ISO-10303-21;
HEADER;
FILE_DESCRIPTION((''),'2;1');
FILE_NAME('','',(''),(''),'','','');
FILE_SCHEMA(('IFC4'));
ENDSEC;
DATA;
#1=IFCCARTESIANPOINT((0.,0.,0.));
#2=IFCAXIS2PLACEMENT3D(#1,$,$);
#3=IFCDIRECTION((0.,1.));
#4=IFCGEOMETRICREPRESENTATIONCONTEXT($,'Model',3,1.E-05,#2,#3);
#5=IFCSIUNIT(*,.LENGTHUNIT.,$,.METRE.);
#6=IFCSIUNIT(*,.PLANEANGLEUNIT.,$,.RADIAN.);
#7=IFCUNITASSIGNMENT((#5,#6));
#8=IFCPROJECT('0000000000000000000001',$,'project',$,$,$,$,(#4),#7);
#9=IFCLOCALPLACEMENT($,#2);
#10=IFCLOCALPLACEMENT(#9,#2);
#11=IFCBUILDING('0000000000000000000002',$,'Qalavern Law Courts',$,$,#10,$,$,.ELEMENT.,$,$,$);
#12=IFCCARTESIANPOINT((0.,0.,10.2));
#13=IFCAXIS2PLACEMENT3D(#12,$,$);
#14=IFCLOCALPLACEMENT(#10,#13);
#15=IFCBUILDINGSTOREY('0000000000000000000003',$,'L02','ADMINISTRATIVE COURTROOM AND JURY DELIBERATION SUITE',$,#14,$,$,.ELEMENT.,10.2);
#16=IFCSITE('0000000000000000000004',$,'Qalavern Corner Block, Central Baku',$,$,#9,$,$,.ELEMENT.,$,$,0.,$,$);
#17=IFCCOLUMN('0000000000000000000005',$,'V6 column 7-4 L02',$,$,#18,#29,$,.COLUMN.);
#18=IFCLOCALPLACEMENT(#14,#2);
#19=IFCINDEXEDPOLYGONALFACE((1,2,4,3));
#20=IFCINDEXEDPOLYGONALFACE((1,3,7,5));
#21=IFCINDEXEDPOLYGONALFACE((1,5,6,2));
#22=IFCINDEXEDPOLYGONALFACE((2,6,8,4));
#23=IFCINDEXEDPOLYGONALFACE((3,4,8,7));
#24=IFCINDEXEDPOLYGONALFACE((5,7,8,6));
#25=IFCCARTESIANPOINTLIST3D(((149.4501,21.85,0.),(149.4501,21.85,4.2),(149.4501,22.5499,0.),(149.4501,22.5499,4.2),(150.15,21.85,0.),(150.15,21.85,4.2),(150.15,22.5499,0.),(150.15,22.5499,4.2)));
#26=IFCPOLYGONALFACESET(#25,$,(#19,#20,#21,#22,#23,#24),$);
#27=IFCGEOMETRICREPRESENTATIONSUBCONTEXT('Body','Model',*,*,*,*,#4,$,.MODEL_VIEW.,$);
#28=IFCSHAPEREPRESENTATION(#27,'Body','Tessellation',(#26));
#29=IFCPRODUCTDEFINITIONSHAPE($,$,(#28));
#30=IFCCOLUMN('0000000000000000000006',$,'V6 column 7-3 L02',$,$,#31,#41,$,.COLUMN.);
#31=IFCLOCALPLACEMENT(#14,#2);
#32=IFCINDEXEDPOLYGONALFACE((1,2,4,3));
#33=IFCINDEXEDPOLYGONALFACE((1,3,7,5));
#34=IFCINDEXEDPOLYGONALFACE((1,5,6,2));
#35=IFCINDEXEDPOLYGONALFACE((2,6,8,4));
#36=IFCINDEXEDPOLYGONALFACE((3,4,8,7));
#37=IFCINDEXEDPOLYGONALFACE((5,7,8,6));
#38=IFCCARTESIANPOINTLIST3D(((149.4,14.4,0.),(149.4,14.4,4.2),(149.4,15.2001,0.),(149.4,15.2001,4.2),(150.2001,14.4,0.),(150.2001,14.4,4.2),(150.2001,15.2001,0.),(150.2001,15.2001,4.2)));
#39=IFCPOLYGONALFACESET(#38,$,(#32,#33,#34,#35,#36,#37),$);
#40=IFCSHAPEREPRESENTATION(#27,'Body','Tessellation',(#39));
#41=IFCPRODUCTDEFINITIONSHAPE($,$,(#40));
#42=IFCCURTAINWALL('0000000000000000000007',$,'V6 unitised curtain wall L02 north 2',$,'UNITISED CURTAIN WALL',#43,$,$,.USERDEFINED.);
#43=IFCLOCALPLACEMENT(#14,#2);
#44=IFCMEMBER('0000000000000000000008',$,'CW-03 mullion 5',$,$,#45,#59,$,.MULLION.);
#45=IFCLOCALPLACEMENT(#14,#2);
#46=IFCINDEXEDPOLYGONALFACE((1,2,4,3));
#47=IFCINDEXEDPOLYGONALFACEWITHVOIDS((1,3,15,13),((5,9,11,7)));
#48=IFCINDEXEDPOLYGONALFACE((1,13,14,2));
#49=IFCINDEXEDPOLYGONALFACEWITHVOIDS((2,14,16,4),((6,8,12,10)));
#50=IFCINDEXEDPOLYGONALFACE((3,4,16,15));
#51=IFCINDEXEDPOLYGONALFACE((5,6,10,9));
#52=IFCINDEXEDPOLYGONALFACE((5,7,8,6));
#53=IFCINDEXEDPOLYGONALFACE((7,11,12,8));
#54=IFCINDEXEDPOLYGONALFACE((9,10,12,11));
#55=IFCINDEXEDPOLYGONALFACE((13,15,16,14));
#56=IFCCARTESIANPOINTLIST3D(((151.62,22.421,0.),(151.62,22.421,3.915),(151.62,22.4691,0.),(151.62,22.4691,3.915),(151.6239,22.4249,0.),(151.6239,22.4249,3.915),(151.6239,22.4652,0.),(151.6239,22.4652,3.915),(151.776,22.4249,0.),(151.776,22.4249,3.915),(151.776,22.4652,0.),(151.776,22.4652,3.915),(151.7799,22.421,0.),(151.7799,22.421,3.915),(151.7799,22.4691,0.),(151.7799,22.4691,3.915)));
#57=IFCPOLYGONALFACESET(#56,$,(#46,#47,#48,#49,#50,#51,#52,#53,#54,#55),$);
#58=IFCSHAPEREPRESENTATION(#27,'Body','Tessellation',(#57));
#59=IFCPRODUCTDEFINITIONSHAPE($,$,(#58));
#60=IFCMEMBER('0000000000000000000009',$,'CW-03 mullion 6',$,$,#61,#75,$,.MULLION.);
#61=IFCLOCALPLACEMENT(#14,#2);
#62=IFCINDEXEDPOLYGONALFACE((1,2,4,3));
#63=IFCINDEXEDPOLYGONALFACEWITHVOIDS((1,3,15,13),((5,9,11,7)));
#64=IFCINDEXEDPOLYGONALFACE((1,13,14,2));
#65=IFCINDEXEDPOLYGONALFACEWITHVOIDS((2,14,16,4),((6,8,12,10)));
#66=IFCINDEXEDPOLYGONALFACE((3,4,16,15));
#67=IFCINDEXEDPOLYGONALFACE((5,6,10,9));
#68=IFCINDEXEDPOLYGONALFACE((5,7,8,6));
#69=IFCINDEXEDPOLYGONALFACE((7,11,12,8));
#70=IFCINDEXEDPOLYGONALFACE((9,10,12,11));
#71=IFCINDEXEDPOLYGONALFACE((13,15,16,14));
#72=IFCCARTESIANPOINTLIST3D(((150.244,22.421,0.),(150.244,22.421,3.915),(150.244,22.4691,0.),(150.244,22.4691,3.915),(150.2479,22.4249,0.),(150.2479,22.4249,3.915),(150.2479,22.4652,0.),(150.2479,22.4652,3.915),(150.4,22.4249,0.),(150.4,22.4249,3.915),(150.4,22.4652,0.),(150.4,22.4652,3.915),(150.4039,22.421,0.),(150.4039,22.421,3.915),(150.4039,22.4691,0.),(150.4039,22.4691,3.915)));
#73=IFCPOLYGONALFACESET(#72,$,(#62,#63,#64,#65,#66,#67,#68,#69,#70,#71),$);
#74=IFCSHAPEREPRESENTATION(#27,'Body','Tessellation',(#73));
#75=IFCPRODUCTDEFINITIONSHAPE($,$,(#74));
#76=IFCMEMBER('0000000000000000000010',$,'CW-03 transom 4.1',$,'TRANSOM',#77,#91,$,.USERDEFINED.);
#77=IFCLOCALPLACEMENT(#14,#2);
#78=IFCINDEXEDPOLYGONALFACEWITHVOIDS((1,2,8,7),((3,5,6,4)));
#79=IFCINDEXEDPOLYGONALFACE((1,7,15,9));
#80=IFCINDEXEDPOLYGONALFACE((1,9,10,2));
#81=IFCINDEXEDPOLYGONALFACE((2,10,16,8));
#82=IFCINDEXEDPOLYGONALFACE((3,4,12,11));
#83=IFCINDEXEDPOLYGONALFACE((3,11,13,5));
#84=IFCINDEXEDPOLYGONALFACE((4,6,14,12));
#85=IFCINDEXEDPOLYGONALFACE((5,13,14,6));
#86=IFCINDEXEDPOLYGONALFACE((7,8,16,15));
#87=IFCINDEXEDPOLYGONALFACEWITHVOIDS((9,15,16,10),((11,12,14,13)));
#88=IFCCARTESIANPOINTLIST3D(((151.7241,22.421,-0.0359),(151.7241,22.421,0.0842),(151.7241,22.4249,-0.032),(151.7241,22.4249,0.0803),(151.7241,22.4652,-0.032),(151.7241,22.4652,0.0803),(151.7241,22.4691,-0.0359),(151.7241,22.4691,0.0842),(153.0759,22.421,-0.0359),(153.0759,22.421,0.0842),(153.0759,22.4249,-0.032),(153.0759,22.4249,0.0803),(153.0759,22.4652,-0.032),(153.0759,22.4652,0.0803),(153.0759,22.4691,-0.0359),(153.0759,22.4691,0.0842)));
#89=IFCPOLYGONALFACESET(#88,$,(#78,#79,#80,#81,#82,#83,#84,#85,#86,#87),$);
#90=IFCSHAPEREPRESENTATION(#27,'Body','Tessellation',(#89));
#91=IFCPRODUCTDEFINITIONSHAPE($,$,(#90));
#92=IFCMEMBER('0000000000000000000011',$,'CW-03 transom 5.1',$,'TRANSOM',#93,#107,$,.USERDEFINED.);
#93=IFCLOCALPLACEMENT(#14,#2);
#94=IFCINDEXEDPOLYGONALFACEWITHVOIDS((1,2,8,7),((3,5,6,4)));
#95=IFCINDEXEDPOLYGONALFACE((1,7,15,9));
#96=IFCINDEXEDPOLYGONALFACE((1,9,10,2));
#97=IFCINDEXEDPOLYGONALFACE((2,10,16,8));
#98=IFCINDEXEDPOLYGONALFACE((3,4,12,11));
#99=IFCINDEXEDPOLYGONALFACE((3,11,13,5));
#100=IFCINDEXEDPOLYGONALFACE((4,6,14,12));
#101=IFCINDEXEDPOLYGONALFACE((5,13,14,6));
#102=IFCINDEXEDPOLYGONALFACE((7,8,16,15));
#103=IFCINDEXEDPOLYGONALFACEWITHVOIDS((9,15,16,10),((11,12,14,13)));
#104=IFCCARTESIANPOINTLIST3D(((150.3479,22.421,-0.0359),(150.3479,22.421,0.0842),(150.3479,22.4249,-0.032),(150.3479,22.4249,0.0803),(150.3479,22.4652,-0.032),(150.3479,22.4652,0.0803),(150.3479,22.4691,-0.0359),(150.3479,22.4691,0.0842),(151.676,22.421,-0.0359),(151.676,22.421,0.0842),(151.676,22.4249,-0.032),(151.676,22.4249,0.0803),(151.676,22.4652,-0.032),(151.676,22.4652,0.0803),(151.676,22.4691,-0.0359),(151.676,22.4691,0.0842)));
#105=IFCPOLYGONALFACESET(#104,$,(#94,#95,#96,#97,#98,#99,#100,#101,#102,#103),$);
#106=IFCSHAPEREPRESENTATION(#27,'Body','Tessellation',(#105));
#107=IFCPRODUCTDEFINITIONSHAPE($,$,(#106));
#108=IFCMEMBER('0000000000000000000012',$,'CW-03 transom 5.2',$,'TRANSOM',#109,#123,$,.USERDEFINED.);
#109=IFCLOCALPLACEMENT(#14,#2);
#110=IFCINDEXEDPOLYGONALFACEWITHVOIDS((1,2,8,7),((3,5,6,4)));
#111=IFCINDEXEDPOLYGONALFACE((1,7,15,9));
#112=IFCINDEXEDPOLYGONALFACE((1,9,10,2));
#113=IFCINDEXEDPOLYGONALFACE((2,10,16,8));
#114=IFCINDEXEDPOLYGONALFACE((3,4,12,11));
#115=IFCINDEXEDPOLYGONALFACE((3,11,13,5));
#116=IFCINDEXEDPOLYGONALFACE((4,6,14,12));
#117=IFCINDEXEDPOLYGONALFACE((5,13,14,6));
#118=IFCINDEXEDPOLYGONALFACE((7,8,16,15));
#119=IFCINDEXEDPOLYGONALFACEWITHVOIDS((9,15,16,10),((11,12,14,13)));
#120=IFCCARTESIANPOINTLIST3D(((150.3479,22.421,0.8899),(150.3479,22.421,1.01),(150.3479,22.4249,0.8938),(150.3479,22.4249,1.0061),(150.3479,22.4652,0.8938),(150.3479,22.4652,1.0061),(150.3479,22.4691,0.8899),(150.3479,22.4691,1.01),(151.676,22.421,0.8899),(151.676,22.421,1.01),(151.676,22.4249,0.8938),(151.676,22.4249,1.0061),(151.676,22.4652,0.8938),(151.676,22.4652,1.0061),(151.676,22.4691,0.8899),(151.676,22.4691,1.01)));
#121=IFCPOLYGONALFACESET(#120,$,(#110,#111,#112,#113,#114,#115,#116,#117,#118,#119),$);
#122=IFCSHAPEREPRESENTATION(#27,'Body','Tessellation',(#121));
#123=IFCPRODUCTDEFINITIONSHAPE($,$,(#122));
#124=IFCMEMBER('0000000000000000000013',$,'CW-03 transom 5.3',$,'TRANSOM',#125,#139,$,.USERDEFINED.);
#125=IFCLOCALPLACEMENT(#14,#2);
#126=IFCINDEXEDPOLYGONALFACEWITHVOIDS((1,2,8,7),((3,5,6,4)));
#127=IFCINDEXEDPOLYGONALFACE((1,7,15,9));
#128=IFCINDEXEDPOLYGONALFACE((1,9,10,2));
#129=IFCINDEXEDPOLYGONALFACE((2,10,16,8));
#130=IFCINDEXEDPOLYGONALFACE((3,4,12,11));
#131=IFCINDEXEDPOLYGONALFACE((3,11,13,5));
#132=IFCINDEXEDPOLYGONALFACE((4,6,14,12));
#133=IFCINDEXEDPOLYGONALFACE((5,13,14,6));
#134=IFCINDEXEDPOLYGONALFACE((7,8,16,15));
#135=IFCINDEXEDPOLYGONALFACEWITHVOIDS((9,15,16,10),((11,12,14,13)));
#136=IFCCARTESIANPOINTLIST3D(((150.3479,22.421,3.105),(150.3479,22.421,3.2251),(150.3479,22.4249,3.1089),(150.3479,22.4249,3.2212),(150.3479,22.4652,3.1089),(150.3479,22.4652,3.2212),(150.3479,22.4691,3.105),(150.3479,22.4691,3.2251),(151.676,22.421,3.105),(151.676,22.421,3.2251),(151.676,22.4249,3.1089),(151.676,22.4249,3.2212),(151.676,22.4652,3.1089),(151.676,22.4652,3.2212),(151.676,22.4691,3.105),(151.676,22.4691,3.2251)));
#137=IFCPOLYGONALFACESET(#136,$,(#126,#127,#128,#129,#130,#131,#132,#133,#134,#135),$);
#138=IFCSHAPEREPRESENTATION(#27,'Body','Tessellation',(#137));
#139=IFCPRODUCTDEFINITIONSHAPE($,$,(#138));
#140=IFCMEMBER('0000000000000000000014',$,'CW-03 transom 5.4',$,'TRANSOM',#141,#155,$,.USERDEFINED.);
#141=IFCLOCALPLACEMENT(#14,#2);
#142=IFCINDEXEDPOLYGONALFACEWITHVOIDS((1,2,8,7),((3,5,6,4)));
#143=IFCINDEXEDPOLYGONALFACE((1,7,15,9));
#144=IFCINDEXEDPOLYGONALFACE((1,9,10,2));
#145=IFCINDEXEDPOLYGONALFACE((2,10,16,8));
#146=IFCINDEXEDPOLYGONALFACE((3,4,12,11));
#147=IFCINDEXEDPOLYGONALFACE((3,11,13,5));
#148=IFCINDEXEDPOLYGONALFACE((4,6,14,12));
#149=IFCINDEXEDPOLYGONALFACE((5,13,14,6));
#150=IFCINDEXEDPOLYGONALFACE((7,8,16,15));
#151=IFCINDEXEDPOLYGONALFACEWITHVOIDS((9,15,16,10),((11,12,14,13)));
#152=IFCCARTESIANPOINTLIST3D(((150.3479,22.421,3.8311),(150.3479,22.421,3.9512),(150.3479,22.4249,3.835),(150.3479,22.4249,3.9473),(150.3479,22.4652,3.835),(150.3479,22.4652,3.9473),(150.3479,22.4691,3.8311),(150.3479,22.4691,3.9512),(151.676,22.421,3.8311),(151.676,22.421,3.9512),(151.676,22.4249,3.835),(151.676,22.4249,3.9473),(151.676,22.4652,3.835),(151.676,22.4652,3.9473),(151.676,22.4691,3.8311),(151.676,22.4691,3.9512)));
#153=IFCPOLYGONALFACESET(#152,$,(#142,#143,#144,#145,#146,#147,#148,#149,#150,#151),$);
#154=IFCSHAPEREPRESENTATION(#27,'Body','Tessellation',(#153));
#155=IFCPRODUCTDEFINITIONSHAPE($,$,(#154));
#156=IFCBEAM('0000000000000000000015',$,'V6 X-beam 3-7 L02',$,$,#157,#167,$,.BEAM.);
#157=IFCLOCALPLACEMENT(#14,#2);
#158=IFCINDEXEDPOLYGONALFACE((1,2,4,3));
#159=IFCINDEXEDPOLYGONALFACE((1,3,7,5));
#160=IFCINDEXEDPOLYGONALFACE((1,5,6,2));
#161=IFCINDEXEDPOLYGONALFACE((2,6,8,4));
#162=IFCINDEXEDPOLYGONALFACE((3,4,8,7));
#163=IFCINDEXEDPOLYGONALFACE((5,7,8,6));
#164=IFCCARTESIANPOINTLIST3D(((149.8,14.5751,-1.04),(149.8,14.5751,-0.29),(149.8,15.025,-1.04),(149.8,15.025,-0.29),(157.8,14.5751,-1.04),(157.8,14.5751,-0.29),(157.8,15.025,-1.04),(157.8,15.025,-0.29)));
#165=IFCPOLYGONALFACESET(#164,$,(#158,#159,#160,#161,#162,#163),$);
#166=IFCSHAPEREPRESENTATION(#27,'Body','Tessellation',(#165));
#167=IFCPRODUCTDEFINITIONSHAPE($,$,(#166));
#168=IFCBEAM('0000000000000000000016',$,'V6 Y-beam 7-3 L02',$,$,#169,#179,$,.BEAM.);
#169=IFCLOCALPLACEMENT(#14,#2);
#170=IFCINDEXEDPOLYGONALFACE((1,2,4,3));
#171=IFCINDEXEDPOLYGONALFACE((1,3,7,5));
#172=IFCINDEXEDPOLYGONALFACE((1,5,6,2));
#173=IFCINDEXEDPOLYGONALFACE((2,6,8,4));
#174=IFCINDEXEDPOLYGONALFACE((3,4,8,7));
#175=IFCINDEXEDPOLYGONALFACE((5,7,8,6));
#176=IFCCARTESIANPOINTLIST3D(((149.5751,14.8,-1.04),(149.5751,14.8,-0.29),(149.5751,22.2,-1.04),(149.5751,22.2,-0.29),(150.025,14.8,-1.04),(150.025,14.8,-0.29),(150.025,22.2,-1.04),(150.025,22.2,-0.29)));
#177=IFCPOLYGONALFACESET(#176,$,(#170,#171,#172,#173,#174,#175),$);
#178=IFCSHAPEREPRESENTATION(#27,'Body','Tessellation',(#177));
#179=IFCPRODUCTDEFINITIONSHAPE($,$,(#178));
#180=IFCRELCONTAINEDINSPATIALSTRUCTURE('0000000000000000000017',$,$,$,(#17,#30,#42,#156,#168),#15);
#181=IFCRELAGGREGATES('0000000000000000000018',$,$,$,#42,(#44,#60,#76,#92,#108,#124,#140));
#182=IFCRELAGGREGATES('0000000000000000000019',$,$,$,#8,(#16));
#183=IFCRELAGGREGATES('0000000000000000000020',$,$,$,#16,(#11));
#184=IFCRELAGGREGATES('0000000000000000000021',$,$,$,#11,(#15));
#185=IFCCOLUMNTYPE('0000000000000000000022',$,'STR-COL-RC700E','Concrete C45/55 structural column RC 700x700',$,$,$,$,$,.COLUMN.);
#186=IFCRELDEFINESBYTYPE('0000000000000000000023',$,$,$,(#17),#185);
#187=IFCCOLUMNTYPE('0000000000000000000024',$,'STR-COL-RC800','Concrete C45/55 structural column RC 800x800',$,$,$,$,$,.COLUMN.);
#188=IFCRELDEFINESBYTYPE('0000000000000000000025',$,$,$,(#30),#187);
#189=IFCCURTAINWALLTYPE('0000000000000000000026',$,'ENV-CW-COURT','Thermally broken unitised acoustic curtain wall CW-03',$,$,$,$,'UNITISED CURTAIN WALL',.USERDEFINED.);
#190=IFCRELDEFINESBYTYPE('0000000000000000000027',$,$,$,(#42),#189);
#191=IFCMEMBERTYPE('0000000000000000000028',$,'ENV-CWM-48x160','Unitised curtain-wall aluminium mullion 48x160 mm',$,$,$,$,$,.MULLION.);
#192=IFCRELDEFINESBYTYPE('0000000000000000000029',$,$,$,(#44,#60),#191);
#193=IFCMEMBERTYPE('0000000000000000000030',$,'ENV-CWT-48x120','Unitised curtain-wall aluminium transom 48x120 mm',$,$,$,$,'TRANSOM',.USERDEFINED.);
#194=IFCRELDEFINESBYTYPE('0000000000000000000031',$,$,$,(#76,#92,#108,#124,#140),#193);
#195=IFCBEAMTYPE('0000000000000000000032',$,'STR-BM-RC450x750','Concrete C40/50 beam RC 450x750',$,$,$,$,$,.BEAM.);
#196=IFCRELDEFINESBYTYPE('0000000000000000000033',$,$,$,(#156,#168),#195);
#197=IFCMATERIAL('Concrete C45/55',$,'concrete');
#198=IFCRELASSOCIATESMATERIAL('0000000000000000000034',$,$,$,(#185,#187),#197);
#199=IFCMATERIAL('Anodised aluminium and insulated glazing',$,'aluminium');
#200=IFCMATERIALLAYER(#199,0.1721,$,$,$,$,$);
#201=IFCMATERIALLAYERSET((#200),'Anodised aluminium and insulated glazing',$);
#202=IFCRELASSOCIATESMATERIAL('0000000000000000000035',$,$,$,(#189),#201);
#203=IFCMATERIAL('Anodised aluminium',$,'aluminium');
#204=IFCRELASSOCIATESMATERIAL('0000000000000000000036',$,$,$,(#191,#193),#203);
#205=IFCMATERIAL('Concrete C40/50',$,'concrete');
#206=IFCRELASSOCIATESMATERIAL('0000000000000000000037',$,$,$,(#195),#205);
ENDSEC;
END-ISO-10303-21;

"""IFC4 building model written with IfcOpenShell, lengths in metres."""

from ifc_helpers import new_model, si_unit, direction, frame, origin, origin_2d, place, context, subcontext, project, spatial, rectangle, hollow_rectangle, extrude, material, layer, layer_set, material_profile, profile_set, type_object, element, aggregate, save


model = new_model("IFC4")

# Units and contexts
model_context = context("Model", 3, precision=1e-05, world=origin(), true_north=direction((0.0, 1.0)))
body_context = subcontext(model_context, "Body", "Model", "MODEL_VIEW")
ifc_project = project(units=[si_unit("LENGTHUNIT", "METRE"), si_unit("PLANEANGLEUNIT", "RADIAN")], contexts=[model_context])

# Site, building, storey
site_placement = place(None, origin())
site = spatial("IfcSite", under=ifc_project, at=site_placement, Name="Qalavern Corner Block, Central Baku", CompositionType="ELEMENT", RefElevation=0.0)
building_placement = place(site_placement, origin())
building = spatial("IfcBuilding", under=site, at=building_placement, Name="Qalavern Law Courts", CompositionType="ELEMENT")
storey_placement = place(building_placement, frame((0.0, 0.0, 10.2)))
storey = spatial("IfcBuildingStorey", under=building, at=storey_placement, Name="L02", Description="ADMINISTRATIVE COURTROOM AND JURY DELIBERATION SUITE", CompositionType="ELEMENT", Elevation=10.2)

# Columns
ifc_material_1 = material(Name="Concrete C45/55", Category="concrete")
ifc_material_profile_1 = material_profile(ifc_material_1, rectangle(XDim=0.7, YDim=0.7, at=origin_2d()), Name="RC 700x700")
ifc_profile_set_1 = profile_set([ifc_material_profile_1], Name="Concrete C45/55")
column_type_1 = type_object("IfcColumnType", Name="STR-COL-RC700E", Description="Concrete C45/55 structural column RC 700x700", PredefinedType="COLUMN", material=ifc_profile_set_1)
column_1_placement = place(storey_placement, frame((149.8, 22.2, 0.0), z_axis=(0.0, 0.0, 1.0), x_axis=(1.0, 0.0, 0.0)))
element("IfcColumn", 1, at=column_1_placement, inside=storey, type_object=column_type_1, Name="V6 column 7-4 L02", PredefinedType="COLUMN", context=body_context, shape_type="SweptSolid", body=[
    extrude(rectangle(XDim=0.7, YDim=0.7, at=origin_2d()), origin(), (0.0, 0.0, 1.0), 4.2),
])
ifc_material_profile_2 = material_profile(ifc_material_1, rectangle(XDim=0.8, YDim=0.8, at=origin_2d()), Name="RC 800x800")
ifc_profile_set_2 = profile_set([ifc_material_profile_2], Name="Concrete C45/55")
column_type_2 = type_object("IfcColumnType", Name="STR-COL-RC800", Description="Concrete C45/55 structural column RC 800x800", PredefinedType="COLUMN", material=ifc_profile_set_2)
column_2_placement = place(storey_placement, frame((149.8, 14.8, 0.0), z_axis=(0.0, 0.0, 1.0), x_axis=(1.0, 0.0, 0.0)))
element("IfcColumn", 2, at=column_2_placement, inside=storey, type_object=column_type_2, Name="V6 column 7-3 L02", PredefinedType="COLUMN", context=body_context, shape_type="SweptSolid", body=[
    extrude(rectangle(XDim=0.8, YDim=0.8, at=origin_2d()), origin(), (0.0, 0.0, 1.0), 4.2),
])

# Curtain wall, members
ifc_material_2 = material(Name="Anodised aluminium and insulated glazing", Category="aluminium")
ifc_layer_1 = layer(ifc_material_2, 0.1721)
ifc_layer_set_1 = layer_set([ifc_layer_1], Name="Anodised aluminium and insulated glazing")
curtain_wall_type = type_object("IfcCurtainWallType", Name="ENV-CW-COURT", Description="Thermally broken unitised acoustic curtain wall CW-03", ElementType="UNITISED CURTAIN WALL", PredefinedType="USERDEFINED", material=ifc_layer_set_1)
curtain_wall_placement = place(storey_placement, origin())
curtain_wall = element("IfcCurtainWall", 3, at=curtain_wall_placement, inside=storey, type_object=curtain_wall_type, Name="V6 unitised curtain wall L02 north 2", ObjectType="UNITISED CURTAIN WALL", PredefinedType="USERDEFINED")
ifc_material_3 = material(Name="Anodised aluminium", Category="aluminium")
ifc_material_profile_3 = material_profile(ifc_material_3, hollow_rectangle(XDim=0.0481, YDim=0.1599, WallThickness=0.0039, at=origin_2d()), Name="ALU MULLION 48x160")
ifc_profile_set_3 = profile_set([ifc_material_profile_3], Name="Anodised aluminium")
member_type_1 = type_object("IfcMemberType", Name="ENV-CWM-48x160", Description="Unitised curtain-wall aluminium mullion 48x160 mm", PredefinedType="MULLION", material=ifc_profile_set_3)
member_1_placement = place(storey_placement, frame((151.7, 22.4451, 0.0), z_axis=(0.0, 0.0, 1.0), x_axis=(0.0, -1.0, 0.0)))
member_1 = element("IfcMember", 4, at=member_1_placement, type_object=member_type_1, Name="CW-03 mullion 5", PredefinedType="MULLION", context=body_context, shape_type="SweptSolid", body=[
    extrude(hollow_rectangle(XDim=0.0481, YDim=0.1599, WallThickness=0.0039, at=origin_2d()), origin(), (0.0, 0.0, 1.0), 3.915),
])
member_2_placement = place(storey_placement, frame((150.324, 22.4451, 0.0), z_axis=(0.0, 0.0, 1.0), x_axis=(0.0, -1.0, 0.0)))
member_2 = element("IfcMember", 5, at=member_2_placement, type_object=member_type_1, Name="CW-03 mullion 6", PredefinedType="MULLION", context=body_context, shape_type="SweptSolid", body=[
    extrude(hollow_rectangle(XDim=0.0481, YDim=0.1599, WallThickness=0.0039, at=origin_2d()), origin(), (0.0, 0.0, 1.0), 3.915),
])
ifc_material_profile_4 = material_profile(ifc_material_3, hollow_rectangle(XDim=0.0481, YDim=0.1201, WallThickness=0.0039, at=origin_2d()), Name="ALU TRANSOM 48x120")
ifc_profile_set_4 = profile_set([ifc_material_profile_4], Name="Anodised aluminium")
member_type_2 = type_object("IfcMemberType", Name="ENV-CWT-48x120", Description="Unitised curtain-wall aluminium transom 48x120 mm", ElementType="TRANSOM", PredefinedType="USERDEFINED", material=ifc_profile_set_4)
member_3_placement = place(storey_placement, frame((153.0759, 22.4451, 0.0242), z_axis=(-1.0, 0.0, 0.0), x_axis=(0.0, -1.0, 0.0)))
member_3 = element("IfcMember", 6, at=member_3_placement, type_object=member_type_2, Name="CW-03 transom 4.1", ObjectType="TRANSOM", PredefinedType="USERDEFINED", context=body_context, shape_type="SweptSolid", body=[
    extrude(hollow_rectangle(XDim=0.0481, YDim=0.1201, WallThickness=0.0039, at=origin_2d()), origin(), (0.0, 0.0, 1.0), 1.3518),
])
member_4_placement = place(storey_placement, frame((151.676, 22.4451, 0.0242), z_axis=(-1.0, 0.0, 0.0), x_axis=(0.0, -1.0, 0.0)))
member_4 = element("IfcMember", 7, at=member_4_placement, type_object=member_type_2, Name="CW-03 transom 5.1", ObjectType="TRANSOM", PredefinedType="USERDEFINED", context=body_context, shape_type="SweptSolid", body=[
    extrude(hollow_rectangle(XDim=0.0481, YDim=0.1201, WallThickness=0.0039, at=origin_2d()), origin(), (0.0, 0.0, 1.0), 1.3281),
])
member_5_placement = place(storey_placement, frame((151.676, 22.4451, 0.95), z_axis=(-1.0, 0.0, 0.0), x_axis=(0.0, -1.0, 0.0)))
member_5 = element("IfcMember", 8, at=member_5_placement, type_object=member_type_2, Name="CW-03 transom 5.2", ObjectType="TRANSOM", PredefinedType="USERDEFINED", context=body_context, shape_type="SweptSolid", body=[
    extrude(hollow_rectangle(XDim=0.0481, YDim=0.1201, WallThickness=0.0039, at=origin_2d()), origin(), (0.0, 0.0, 1.0), 1.3281),
])
member_6_placement = place(storey_placement, frame((151.676, 22.4451, 3.165), z_axis=(-1.0, 0.0, 0.0), x_axis=(0.0, -1.0, 0.0)))
member_6 = element("IfcMember", 9, at=member_6_placement, type_object=member_type_2, Name="CW-03 transom 5.3", ObjectType="TRANSOM", PredefinedType="USERDEFINED", context=body_context, shape_type="SweptSolid", body=[
    extrude(hollow_rectangle(XDim=0.0481, YDim=0.1201, WallThickness=0.0039, at=origin_2d()), origin(), (0.0, 0.0, 1.0), 1.3281),
])
member_7_placement = place(storey_placement, frame((151.676, 22.4451, 3.8911), z_axis=(-1.0, 0.0, 0.0), x_axis=(0.0, -1.0, 0.0)))
member_7 = element("IfcMember", 10, at=member_7_placement, type_object=member_type_2, Name="CW-03 transom 5.4", ObjectType="TRANSOM", PredefinedType="USERDEFINED", context=body_context, shape_type="SweptSolid", body=[
    extrude(hollow_rectangle(XDim=0.0481, YDim=0.1201, WallThickness=0.0039, at=origin_2d()), origin(), (0.0, 0.0, 1.0), 1.3281),
])

# Beams
ifc_material_4 = material(Name="Concrete C40/50", Category="concrete")
ifc_material_profile_5 = material_profile(ifc_material_4, rectangle(XDim=0.45, YDim=0.75, at=origin_2d()), Name="RC 450x750")
ifc_profile_set_5 = profile_set([ifc_material_profile_5], Name="Concrete C40/50")
beam_type_1 = type_object("IfcBeamType", Name="STR-BM-RC450x750", Description="Concrete C40/50 beam RC 450x750", PredefinedType="BEAM", material=ifc_profile_set_5)
beam_1_placement = place(storey_placement, frame((149.8, 14.8, -0.665), z_axis=(1.0, 0.0, 0.0), x_axis=(0.0, 1.0, 0.0)))
element("IfcBeam", 11, at=beam_1_placement, inside=storey, type_object=beam_type_1, Name="V6 X-beam 3-7 L02", PredefinedType="BEAM", context=body_context, shape_type="SweptSolid", body=[
    extrude(rectangle(XDim=0.45, YDim=0.75, at=origin_2d()), origin(), (0.0, 0.0, 1.0), 8.0),
])
beam_2_placement = place(storey_placement, frame((149.8, 14.8, -0.665), z_axis=(0.0, 1.0, 0.0), x_axis=(-1.0, 0.0, 0.0)))
element("IfcBeam", 12, at=beam_2_placement, inside=storey, type_object=beam_type_1, Name="V6 Y-beam 7-3 L02", PredefinedType="BEAM", context=body_context, shape_type="SweptSolid", body=[
    extrude(rectangle(XDim=0.45, YDim=0.75, at=origin_2d()), origin(), (0.0, 0.0, 1.0), 7.3999),
])

aggregate(curtain_wall, [member_1, member_2, member_3, member_4, member_5, member_6, member_7])

save(model, "model.ifc")
